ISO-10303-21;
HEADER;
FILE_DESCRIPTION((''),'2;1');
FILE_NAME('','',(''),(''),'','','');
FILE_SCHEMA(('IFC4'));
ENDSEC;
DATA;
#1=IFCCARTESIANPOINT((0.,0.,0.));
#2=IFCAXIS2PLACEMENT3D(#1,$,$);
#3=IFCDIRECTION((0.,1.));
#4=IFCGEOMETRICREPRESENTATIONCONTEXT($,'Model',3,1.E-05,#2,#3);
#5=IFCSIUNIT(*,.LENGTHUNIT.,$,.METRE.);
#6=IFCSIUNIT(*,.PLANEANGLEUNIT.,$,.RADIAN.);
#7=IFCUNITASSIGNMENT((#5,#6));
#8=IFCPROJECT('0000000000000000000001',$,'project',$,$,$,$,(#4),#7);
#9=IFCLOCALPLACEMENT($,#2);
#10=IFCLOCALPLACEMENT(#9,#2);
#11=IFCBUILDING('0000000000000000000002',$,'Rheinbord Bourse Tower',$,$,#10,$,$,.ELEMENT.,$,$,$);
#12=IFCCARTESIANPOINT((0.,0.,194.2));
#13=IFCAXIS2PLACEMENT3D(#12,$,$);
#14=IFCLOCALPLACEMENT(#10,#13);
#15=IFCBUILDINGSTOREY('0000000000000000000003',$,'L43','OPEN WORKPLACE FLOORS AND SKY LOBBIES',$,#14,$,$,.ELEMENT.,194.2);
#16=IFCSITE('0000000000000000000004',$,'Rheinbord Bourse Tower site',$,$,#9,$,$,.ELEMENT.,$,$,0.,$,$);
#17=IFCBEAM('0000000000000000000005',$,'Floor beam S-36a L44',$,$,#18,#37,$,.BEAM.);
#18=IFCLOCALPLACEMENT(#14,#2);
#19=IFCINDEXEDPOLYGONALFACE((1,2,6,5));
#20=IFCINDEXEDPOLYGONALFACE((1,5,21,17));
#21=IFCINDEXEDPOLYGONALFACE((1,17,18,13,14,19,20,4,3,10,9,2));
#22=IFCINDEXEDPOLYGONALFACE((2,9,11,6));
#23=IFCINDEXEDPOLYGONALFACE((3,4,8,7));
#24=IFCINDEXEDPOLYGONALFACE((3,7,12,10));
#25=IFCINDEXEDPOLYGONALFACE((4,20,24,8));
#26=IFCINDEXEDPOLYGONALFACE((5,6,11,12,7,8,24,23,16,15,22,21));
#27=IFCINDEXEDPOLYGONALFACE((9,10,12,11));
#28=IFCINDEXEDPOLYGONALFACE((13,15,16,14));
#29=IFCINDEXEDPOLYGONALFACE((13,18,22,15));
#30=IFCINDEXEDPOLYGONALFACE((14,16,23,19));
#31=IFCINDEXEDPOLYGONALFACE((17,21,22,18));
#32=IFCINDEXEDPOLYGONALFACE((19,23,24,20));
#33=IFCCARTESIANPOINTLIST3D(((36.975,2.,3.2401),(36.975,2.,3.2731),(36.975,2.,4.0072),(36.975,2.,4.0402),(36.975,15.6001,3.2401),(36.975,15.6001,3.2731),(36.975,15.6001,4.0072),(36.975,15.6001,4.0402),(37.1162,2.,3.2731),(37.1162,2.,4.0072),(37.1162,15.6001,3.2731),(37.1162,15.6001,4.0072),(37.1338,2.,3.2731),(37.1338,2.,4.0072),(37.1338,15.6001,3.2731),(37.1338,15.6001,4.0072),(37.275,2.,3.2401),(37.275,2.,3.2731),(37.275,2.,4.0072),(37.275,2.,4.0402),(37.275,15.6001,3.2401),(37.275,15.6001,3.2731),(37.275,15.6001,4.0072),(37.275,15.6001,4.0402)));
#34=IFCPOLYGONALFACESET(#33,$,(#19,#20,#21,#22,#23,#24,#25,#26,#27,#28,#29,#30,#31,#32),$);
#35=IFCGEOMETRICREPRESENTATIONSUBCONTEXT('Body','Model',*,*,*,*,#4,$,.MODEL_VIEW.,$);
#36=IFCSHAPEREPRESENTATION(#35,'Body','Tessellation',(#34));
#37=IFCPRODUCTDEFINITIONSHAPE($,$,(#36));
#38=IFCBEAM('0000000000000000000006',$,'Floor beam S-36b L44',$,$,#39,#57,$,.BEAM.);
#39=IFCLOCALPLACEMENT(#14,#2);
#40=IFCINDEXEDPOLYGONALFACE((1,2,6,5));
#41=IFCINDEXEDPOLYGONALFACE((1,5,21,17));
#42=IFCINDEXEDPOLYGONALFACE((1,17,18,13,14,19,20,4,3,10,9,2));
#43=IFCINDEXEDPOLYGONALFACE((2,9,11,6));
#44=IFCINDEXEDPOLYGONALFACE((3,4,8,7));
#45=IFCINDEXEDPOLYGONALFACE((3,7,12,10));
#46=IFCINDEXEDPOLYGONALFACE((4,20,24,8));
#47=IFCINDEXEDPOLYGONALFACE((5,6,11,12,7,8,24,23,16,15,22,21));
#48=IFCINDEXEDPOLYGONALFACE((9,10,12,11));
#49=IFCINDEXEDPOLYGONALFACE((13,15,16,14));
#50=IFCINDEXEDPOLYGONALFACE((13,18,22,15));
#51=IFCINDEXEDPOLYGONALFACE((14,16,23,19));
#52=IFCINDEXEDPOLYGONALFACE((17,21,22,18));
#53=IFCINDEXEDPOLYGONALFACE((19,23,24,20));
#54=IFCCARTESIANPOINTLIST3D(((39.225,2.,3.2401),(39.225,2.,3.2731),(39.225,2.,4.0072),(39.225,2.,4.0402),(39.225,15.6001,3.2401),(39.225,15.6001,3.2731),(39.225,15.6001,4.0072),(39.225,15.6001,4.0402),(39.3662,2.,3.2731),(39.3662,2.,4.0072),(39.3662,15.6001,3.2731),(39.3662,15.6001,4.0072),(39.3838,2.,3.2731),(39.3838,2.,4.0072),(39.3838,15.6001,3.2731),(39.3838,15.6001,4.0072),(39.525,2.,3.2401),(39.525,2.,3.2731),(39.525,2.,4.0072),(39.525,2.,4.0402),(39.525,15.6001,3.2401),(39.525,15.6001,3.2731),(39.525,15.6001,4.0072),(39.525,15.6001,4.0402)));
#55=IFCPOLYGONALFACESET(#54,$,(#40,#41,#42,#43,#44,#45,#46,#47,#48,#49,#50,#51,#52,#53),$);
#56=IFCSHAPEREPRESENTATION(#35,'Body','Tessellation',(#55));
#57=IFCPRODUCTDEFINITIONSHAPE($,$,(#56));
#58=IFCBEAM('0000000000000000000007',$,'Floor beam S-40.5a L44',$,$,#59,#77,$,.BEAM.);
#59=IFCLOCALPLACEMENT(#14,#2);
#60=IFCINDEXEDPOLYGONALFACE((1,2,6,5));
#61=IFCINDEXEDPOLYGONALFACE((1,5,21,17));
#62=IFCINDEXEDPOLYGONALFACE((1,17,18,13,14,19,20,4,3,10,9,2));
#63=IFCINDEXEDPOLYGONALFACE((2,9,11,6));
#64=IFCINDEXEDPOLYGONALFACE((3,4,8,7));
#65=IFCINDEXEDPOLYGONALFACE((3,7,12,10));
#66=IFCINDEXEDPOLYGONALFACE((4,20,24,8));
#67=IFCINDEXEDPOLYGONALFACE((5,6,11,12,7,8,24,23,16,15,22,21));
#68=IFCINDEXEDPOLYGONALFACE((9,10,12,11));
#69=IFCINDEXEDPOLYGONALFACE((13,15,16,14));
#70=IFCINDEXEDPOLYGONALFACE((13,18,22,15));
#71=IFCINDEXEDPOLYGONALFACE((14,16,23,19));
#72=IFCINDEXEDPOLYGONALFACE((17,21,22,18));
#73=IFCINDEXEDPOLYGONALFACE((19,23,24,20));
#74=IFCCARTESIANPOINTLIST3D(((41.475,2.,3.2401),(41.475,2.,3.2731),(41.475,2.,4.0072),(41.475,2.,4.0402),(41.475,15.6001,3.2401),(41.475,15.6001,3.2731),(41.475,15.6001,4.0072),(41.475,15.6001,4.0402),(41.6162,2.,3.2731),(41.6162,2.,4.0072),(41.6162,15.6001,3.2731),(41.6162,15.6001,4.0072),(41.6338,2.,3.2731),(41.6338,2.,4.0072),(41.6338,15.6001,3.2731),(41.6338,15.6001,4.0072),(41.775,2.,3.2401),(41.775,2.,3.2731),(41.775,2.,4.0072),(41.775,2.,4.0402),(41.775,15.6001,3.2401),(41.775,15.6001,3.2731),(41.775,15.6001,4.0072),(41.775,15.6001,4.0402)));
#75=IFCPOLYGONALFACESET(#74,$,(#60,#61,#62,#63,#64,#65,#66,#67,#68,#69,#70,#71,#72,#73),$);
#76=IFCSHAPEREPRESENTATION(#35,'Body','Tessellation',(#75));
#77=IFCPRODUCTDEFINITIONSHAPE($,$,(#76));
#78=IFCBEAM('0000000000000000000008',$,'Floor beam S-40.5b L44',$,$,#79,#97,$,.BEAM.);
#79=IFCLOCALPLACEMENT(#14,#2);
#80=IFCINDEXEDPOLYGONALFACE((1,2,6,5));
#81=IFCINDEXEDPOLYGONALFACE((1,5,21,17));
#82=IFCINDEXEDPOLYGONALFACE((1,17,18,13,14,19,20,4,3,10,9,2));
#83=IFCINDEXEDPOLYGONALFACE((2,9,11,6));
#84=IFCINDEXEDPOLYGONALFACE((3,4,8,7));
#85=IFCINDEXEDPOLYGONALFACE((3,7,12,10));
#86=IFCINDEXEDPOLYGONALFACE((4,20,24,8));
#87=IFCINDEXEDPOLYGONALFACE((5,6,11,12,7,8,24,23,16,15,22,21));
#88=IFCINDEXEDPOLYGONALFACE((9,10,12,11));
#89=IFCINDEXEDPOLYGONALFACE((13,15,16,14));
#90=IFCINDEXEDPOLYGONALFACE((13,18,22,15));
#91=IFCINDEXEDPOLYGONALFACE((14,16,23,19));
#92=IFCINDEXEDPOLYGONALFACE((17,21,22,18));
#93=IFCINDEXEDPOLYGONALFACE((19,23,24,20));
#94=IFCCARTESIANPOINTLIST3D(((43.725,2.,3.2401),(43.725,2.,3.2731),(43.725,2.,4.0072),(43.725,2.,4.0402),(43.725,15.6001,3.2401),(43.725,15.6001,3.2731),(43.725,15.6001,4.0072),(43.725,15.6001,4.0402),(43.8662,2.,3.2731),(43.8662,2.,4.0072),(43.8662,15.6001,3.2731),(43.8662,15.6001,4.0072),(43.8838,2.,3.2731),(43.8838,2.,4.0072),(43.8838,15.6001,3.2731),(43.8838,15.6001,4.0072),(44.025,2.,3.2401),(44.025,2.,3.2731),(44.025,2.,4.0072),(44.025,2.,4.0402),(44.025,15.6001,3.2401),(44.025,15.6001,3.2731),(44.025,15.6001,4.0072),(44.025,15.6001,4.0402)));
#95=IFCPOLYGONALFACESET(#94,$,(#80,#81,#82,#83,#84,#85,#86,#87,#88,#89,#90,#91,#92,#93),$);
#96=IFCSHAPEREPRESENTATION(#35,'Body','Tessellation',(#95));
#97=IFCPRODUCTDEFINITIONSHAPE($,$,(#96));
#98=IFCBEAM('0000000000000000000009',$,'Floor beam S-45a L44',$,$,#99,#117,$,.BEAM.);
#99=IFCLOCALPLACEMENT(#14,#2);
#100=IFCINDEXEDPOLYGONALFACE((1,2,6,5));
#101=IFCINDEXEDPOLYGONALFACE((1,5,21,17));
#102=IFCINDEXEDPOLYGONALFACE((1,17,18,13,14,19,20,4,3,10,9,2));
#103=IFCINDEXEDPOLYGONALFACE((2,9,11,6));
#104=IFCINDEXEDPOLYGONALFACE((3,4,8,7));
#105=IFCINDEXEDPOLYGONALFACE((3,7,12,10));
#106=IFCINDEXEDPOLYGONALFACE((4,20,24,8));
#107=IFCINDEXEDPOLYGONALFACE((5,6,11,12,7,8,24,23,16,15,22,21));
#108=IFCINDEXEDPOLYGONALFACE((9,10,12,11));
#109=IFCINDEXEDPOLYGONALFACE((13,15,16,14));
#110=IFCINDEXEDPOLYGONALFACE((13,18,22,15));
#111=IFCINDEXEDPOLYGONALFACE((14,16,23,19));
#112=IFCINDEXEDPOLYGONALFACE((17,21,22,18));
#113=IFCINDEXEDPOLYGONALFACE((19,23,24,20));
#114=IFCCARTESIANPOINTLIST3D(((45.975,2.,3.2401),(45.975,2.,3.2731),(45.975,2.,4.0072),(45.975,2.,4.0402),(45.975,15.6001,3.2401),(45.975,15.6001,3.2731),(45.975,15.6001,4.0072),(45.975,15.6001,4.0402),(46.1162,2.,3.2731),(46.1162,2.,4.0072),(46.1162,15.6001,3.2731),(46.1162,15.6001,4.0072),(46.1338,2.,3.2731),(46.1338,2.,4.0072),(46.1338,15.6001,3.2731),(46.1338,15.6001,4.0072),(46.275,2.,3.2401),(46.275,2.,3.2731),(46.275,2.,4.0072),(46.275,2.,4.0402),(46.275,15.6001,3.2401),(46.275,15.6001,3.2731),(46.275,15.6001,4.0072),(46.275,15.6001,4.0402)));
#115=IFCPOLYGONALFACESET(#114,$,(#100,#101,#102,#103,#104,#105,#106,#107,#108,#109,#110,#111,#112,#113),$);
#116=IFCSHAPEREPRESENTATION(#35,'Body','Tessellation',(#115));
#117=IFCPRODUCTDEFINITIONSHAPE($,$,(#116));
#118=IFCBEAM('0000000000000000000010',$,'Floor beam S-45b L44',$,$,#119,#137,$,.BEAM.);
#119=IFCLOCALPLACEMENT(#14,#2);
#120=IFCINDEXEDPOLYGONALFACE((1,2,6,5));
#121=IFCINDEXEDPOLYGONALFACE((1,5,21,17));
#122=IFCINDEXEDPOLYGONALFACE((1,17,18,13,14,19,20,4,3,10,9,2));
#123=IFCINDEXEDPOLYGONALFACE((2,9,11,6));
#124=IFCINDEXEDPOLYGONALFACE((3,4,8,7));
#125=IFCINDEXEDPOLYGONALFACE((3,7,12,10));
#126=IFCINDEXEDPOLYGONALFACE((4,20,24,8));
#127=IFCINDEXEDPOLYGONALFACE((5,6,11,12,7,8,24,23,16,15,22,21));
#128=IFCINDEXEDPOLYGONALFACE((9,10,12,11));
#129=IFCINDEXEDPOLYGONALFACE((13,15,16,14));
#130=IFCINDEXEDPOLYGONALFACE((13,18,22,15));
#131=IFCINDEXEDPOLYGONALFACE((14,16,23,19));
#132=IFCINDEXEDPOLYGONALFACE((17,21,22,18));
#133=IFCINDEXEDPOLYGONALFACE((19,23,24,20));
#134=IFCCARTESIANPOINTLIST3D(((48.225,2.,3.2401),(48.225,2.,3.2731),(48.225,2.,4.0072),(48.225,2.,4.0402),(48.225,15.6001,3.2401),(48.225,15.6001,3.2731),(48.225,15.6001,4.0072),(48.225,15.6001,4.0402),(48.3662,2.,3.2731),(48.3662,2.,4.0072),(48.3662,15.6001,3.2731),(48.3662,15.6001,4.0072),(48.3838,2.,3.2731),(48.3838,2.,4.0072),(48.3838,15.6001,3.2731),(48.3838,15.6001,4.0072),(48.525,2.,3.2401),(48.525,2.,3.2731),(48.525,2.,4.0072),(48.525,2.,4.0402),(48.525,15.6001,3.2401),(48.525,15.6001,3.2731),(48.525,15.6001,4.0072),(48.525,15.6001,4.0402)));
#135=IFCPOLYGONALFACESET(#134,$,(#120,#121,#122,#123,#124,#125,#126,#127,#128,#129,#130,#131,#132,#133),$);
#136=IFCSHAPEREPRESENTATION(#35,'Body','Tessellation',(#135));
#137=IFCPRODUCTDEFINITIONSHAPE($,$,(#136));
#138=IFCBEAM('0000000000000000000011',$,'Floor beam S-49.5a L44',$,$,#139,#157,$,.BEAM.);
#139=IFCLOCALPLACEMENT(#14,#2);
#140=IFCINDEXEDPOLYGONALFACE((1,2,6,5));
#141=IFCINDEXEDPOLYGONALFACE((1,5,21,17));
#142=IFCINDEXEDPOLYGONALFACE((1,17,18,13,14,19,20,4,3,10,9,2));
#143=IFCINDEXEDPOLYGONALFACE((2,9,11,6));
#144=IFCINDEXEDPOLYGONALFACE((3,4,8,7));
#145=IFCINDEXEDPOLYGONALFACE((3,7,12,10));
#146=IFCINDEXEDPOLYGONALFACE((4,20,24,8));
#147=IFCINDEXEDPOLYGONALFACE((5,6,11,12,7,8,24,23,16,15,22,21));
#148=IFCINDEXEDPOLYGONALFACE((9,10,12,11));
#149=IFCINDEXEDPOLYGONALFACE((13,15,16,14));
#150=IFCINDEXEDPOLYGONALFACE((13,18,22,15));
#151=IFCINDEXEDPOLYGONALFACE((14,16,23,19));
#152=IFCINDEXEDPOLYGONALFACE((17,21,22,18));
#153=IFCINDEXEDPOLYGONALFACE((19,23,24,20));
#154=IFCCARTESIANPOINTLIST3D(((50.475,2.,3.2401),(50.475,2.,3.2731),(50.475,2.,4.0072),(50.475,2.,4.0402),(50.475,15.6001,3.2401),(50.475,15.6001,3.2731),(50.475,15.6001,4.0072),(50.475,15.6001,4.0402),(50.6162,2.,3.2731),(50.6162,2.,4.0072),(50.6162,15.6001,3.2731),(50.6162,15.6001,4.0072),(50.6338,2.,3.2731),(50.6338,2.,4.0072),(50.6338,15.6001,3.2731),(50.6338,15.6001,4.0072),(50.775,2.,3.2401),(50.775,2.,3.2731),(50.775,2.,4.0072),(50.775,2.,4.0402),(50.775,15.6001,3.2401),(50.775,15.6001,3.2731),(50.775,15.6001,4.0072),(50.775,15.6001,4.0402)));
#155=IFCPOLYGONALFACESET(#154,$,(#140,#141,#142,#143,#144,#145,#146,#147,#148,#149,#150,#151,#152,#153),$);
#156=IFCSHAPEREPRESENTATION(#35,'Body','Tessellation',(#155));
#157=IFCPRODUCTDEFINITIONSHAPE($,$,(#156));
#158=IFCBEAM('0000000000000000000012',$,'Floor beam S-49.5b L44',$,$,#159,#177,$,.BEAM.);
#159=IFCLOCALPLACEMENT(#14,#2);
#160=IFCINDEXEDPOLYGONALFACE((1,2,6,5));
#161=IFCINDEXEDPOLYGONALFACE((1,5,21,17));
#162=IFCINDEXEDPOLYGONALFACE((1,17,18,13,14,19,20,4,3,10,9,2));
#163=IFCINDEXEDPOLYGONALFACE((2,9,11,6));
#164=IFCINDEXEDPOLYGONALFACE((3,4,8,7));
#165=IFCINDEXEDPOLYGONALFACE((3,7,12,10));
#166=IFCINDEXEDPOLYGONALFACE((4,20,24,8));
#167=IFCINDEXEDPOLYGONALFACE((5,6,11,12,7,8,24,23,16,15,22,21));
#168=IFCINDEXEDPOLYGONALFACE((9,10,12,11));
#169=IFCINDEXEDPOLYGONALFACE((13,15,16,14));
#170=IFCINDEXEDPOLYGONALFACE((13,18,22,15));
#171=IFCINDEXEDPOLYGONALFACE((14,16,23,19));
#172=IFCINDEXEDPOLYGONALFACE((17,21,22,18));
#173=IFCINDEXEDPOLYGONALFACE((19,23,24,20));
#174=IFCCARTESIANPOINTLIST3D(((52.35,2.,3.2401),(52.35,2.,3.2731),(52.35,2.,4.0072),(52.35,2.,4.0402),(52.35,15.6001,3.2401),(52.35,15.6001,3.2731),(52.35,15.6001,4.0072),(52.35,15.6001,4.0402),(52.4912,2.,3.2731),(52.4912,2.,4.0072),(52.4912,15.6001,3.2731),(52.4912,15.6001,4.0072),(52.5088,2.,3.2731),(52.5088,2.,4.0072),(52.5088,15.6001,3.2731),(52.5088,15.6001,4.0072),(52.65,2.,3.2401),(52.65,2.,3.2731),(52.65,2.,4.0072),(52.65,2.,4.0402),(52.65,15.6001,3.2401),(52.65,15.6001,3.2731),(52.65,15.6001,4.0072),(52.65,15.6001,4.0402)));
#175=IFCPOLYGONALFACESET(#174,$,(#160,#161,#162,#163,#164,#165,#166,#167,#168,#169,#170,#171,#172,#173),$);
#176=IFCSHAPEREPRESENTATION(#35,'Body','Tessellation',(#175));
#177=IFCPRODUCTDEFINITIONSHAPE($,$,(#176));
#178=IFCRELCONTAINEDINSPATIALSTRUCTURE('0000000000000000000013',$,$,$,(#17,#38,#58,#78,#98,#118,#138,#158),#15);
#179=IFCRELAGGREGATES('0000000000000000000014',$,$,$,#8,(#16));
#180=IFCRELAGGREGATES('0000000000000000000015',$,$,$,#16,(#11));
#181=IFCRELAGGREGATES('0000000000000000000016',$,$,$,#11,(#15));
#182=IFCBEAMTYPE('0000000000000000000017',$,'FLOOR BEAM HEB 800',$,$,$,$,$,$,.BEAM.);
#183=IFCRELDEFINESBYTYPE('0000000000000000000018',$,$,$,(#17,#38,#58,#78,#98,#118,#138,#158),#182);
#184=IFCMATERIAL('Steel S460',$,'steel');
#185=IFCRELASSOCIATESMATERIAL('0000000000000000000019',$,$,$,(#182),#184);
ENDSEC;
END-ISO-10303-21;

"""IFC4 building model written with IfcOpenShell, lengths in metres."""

from ifc_helpers import new_model, si_unit, direction, frame, origin, origin_2d, place, context, subcontext, project, spatial, i_section, extrude, material, material_profile, profile_set, type_object, element, save


model = new_model("IFC4")

# Units and contexts
model_context = context("Model", 3, precision=1e-05, world=origin(), true_north=direction((0.0, 1.0)))
body_context = subcontext(model_context, "Body", "Model", "MODEL_VIEW")
ifc_project = project(units=[si_unit("LENGTHUNIT", "METRE"), si_unit("PLANEANGLEUNIT", "RADIAN")], contexts=[model_context])

# Site, building, storey
site_placement = place(None, origin())
site = spatial("IfcSite", under=ifc_project, at=site_placement, Name="Rheinbord Bourse Tower site", CompositionType="ELEMENT", RefElevation=0.0)
building_placement = place(site_placement, origin())
building = spatial("IfcBuilding", under=site, at=building_placement, Name="Rheinbord Bourse Tower", CompositionType="ELEMENT")
storey_placement = place(building_placement, frame((0.0, 0.0, 194.2)))
storey = spatial("IfcBuildingStorey", under=building, at=storey_placement, Name="L43", Description="OPEN WORKPLACE FLOORS AND SKY LOBBIES", CompositionType="ELEMENT", Elevation=194.2)

# Beams
ifc_material_1 = material(Name="Steel S460", Category="steel")
ifc_material_profile_1 = material_profile(ifc_material_1, i_section(OverallWidth=0.3, OverallDepth=0.8, WebThickness=0.0176, FlangeThickness=0.033, at=origin_2d()), Name="HEB 800")
ifc_profile_set_1 = profile_set([ifc_material_profile_1], Name="Steel S460")
beam_type_1 = type_object("IfcBeamType", Name="FLOOR BEAM HEB 800", PredefinedType="BEAM", material=ifc_profile_set_1)
for number, where, z_axis, x_axis, name in (
    (1, (37.125, 2.0, 3.6401), (0.0, 1.0, 0.0), (-1.0, 0.0, 0.0), "Floor beam S-36a L44"),
    (2, (39.375, 2.0, 3.6401), (0.0, 1.0, 0.0), (-1.0, 0.0, 0.0), "Floor beam S-36b L44"),
    (3, (41.625, 2.0, 3.6401), (0.0, 1.0, 0.0), (-1.0, 0.0, 0.0), "Floor beam S-40.5a L44"),
    (4, (43.875, 2.0, 3.6401), (0.0, 1.0, 0.0), (-1.0, 0.0, 0.0), "Floor beam S-40.5b L44"),
    (5, (46.125, 2.0, 3.6401), (0.0, 1.0, 0.0), (-1.0, 0.0, 0.0), "Floor beam S-45a L44"),
    (6, (48.375, 2.0, 3.6401), (0.0, 1.0, 0.0), (-1.0, 0.0, 0.0), "Floor beam S-45b L44"),
    (7, (50.625, 2.0, 3.6401), (0.0, 1.0, 0.0), (-1.0, 0.0, 0.0), "Floor beam S-49.5a L44"),
    (8, (52.5, 2.0, 3.6401), (0.0, 1.0, 0.0), (-1.0, 0.0, 0.0), "Floor beam S-49.5b L44"),
):
    element("IfcBeam", number, at=place(storey_placement, frame(where, z_axis=z_axis, x_axis=x_axis)), inside=storey, type_object=beam_type_1, Name=name, PredefinedType="BEAM", context=body_context, shape_type="SweptSolid", body=[
        extrude(i_section(OverallWidth=0.3, OverallDepth=0.8, WebThickness=0.0176, FlangeThickness=0.033, at=origin_2d()), origin(), (0.0, 0.0, 1.0), 13.6001),
    ])

save(model, "model.ifc")
